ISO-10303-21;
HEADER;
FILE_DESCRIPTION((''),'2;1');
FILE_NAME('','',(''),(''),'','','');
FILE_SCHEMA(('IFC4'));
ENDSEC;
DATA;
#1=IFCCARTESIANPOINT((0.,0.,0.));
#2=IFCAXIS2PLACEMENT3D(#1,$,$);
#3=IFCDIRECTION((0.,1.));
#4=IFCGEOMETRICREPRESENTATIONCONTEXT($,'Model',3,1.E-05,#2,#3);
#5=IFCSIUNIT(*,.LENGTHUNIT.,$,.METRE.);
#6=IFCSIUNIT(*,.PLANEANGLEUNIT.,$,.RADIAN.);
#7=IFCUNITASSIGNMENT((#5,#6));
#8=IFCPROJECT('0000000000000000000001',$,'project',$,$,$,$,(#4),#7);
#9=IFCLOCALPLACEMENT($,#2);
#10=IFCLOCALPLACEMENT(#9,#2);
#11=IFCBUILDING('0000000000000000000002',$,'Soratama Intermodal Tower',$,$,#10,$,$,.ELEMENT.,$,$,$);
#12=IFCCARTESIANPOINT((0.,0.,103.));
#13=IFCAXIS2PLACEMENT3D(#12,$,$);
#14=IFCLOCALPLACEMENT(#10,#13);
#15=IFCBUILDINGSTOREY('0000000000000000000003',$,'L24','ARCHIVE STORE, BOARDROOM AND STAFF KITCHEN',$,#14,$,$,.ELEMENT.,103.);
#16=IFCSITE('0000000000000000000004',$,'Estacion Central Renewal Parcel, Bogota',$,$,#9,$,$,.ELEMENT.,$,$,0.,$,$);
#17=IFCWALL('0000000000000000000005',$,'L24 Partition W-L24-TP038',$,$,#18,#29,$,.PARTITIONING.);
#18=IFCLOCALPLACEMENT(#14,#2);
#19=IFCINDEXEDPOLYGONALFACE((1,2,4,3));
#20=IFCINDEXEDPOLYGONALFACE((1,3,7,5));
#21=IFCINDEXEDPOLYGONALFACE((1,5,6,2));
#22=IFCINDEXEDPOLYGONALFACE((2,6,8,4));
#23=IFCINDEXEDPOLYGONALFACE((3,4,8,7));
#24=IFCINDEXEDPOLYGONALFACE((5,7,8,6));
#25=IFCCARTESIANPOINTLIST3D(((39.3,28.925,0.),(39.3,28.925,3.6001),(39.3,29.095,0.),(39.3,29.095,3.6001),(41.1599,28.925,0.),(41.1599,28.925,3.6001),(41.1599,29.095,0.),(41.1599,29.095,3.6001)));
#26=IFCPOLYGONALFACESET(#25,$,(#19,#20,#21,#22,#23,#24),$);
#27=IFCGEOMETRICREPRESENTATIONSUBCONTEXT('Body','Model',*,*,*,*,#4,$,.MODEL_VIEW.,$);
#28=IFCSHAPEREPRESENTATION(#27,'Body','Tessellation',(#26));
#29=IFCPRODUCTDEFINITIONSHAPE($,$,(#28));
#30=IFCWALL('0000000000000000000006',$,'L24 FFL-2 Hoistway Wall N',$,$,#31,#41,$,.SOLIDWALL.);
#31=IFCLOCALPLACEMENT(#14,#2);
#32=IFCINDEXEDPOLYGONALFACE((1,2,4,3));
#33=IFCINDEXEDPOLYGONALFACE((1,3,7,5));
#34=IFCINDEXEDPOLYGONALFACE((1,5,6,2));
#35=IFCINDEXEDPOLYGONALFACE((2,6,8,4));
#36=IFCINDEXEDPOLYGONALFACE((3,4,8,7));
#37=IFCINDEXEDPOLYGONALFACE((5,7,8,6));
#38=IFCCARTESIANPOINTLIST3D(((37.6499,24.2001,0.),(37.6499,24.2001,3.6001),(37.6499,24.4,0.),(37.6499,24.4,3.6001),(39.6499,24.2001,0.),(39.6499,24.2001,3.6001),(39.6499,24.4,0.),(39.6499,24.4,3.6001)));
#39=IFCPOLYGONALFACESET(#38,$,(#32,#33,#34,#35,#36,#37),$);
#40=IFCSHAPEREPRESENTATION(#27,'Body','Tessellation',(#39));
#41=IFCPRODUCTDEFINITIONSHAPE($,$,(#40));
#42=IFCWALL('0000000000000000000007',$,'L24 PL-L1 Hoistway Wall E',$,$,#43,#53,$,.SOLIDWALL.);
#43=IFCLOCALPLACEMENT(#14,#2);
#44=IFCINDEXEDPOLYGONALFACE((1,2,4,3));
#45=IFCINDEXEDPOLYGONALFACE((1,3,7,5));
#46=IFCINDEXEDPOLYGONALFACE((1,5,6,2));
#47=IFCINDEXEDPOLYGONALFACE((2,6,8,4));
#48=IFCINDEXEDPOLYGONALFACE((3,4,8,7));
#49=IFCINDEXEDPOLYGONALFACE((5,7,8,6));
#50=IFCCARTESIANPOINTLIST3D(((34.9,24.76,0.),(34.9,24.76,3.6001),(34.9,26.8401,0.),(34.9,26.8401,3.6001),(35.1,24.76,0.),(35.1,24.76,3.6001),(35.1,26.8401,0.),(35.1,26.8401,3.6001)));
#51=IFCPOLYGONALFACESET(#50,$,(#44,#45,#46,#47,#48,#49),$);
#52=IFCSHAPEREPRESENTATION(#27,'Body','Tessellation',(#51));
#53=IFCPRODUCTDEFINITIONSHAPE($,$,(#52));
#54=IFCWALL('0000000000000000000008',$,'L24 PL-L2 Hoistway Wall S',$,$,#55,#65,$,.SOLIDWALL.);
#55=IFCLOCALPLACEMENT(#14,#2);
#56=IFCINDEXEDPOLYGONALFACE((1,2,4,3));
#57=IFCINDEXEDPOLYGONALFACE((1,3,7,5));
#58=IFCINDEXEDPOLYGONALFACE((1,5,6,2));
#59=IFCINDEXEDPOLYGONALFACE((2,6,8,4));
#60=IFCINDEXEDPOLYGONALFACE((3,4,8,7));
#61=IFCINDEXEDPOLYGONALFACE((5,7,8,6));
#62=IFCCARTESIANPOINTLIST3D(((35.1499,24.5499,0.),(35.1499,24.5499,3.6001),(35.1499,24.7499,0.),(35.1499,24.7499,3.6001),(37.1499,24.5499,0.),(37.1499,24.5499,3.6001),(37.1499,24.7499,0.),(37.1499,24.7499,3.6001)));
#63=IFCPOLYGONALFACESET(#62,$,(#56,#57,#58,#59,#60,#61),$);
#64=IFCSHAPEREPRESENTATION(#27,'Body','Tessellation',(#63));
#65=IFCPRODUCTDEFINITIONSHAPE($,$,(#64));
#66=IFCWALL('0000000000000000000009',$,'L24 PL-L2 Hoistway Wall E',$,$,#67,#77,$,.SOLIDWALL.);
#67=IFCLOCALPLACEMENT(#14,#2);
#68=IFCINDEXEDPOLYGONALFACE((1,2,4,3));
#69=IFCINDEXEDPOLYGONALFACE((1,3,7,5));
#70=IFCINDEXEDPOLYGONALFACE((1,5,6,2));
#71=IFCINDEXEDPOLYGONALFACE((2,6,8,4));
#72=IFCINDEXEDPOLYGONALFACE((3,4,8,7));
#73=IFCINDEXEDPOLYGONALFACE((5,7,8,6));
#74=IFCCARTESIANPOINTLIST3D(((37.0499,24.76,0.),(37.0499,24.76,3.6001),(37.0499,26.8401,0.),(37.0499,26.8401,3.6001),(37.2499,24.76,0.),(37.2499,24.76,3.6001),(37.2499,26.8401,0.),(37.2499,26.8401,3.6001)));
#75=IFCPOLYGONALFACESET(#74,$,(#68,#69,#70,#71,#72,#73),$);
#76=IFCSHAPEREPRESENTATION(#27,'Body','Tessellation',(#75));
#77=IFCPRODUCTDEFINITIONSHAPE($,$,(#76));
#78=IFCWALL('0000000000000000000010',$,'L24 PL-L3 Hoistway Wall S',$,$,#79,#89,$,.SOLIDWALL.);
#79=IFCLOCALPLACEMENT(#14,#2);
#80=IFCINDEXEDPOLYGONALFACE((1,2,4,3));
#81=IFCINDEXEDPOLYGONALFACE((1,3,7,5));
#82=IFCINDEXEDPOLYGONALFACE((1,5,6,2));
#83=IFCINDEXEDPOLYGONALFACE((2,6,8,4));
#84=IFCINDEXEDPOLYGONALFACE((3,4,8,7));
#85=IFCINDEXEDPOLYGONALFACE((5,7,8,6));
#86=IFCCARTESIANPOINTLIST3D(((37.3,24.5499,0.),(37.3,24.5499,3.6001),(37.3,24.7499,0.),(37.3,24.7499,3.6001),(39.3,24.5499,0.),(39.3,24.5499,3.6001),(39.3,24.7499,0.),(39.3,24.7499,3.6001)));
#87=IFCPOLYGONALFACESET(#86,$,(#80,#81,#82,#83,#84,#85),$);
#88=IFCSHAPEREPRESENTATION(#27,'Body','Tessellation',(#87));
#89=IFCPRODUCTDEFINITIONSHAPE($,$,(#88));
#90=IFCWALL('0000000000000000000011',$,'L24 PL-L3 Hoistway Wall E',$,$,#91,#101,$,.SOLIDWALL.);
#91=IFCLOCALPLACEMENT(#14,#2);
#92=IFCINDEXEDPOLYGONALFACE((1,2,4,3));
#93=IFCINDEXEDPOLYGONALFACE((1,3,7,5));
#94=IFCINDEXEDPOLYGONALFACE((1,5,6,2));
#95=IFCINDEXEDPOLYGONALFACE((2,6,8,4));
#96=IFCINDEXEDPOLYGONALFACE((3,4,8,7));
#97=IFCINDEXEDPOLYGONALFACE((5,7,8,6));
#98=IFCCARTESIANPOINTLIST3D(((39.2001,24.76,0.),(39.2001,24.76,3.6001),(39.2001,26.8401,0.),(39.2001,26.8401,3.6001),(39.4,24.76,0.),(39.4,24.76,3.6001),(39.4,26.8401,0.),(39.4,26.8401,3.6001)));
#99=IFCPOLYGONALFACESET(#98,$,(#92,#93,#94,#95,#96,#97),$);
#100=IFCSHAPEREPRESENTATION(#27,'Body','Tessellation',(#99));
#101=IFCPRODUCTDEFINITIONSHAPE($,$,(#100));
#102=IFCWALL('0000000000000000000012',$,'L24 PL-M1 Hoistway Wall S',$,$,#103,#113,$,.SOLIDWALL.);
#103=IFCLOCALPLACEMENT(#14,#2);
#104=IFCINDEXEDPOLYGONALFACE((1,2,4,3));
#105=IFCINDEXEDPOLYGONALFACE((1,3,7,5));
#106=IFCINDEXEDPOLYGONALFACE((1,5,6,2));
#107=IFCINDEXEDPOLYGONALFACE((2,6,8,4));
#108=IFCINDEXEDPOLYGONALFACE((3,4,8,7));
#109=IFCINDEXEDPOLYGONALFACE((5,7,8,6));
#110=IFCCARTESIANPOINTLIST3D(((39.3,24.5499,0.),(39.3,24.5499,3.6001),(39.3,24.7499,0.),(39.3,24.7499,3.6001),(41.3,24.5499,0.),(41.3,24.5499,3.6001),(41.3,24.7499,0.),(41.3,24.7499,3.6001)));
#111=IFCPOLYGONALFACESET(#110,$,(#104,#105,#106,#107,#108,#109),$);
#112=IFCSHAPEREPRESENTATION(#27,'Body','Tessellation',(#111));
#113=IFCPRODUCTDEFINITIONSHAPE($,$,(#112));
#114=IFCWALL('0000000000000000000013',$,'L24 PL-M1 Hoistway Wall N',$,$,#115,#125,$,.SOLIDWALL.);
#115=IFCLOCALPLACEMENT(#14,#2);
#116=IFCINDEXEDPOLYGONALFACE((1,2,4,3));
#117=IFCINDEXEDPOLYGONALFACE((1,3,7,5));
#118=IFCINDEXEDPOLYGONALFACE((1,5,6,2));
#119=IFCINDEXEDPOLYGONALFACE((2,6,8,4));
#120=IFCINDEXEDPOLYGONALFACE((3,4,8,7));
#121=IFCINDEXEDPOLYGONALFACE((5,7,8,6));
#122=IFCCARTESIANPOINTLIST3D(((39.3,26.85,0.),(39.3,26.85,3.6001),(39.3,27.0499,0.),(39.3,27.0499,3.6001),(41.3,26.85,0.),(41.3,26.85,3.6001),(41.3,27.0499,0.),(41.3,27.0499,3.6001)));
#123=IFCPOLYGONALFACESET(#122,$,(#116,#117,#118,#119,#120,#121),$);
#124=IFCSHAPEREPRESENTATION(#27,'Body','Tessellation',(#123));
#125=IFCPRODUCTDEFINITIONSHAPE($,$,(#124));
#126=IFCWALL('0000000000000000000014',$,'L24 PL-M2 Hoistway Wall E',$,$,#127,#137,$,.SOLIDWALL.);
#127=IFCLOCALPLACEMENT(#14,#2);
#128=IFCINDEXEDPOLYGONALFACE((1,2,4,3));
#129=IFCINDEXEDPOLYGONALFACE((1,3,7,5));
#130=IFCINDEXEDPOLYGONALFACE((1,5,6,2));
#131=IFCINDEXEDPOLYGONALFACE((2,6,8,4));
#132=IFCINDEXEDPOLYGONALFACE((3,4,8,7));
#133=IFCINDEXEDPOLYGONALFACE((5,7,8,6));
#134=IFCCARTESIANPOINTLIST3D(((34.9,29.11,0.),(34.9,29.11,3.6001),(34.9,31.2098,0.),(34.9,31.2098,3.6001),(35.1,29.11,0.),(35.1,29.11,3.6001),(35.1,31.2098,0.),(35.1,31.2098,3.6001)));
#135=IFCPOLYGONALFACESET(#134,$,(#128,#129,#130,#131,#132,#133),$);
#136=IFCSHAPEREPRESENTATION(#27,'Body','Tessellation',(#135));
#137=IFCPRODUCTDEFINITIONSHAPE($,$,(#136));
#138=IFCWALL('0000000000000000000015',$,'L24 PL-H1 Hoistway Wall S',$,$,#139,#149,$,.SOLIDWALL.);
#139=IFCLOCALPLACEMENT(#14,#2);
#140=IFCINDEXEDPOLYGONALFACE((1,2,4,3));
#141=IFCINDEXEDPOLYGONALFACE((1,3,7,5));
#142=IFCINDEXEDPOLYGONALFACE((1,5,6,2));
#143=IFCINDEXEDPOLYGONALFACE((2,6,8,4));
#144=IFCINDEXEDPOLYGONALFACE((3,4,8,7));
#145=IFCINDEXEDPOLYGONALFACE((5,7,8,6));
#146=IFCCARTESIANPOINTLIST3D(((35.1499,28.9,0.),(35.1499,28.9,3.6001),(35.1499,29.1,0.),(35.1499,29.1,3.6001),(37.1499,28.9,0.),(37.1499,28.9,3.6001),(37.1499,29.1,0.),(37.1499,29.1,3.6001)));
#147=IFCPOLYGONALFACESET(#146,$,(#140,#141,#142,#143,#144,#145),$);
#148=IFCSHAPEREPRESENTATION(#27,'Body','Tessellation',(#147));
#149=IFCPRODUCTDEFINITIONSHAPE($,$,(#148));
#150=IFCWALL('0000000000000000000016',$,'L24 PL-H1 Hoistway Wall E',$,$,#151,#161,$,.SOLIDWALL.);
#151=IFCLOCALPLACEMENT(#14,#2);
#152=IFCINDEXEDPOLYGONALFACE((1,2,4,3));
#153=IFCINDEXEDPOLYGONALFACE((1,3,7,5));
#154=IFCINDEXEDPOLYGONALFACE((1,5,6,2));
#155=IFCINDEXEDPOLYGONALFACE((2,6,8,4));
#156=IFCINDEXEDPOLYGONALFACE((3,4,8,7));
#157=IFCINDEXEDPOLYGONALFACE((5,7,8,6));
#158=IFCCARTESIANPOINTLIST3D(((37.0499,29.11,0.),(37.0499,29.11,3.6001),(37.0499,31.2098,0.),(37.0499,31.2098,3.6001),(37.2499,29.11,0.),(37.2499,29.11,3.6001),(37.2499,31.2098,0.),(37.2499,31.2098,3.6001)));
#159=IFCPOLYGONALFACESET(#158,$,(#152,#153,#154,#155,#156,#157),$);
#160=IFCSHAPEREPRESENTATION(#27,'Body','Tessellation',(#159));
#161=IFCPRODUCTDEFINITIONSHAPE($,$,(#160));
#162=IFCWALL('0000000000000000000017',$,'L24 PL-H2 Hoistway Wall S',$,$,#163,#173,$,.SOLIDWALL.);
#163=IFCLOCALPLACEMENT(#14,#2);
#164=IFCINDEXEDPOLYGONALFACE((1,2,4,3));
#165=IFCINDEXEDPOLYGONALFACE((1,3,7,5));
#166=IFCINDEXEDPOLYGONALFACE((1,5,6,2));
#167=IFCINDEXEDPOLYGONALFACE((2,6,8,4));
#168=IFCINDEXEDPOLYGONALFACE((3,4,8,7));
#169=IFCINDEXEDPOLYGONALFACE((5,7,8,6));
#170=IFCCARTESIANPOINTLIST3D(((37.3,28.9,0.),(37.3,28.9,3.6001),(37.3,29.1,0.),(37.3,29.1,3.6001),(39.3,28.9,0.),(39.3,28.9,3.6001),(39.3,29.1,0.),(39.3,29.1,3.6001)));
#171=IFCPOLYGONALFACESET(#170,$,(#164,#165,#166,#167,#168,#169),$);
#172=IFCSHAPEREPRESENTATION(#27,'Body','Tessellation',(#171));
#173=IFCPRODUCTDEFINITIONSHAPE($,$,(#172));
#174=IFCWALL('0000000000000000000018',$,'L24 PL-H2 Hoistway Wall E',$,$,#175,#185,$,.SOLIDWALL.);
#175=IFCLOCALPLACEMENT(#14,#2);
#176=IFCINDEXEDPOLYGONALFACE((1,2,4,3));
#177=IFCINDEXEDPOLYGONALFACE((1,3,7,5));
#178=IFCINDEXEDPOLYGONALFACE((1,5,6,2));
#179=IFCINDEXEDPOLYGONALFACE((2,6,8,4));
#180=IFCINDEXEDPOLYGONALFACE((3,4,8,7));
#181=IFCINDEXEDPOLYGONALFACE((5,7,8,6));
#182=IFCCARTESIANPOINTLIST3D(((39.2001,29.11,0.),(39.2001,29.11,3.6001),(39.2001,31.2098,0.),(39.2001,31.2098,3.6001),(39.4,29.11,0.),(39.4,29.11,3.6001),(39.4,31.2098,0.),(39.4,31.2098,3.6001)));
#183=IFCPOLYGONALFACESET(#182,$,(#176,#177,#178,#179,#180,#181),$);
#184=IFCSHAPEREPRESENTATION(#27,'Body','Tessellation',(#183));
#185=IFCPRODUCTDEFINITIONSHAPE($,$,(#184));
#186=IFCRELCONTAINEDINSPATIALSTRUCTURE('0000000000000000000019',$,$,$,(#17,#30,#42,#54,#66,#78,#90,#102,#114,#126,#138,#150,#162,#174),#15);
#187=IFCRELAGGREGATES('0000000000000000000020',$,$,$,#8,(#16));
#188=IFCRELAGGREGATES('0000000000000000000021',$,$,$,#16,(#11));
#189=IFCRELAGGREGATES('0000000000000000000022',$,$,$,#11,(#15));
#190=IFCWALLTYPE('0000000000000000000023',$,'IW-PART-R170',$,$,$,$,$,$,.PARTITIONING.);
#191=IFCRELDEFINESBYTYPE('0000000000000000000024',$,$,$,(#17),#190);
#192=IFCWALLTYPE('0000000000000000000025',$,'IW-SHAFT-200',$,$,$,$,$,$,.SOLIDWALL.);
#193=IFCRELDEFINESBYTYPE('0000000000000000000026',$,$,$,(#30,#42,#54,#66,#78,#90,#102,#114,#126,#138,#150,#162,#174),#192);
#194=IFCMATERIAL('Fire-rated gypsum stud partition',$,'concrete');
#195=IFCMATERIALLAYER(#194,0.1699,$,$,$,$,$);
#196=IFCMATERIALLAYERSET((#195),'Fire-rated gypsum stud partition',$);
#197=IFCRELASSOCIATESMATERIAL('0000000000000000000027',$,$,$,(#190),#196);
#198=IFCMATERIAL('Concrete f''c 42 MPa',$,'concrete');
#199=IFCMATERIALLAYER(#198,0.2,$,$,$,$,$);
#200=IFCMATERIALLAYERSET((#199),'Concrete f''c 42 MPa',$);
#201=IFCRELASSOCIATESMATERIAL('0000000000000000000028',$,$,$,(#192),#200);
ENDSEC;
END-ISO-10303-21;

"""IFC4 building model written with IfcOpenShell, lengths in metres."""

from ifc_helpers import new_model, si_unit, direction, frame, frame_2d, origin, place, context, subcontext, project, spatial, rectangle, extrude, material, layer, layer_set, type_object, element, save


model = new_model("IFC4")

# Units and contexts
model_context = context("Model", 3, precision=1e-05, world=origin(), true_north=direction((0.0, 1.0)))
body_context = subcontext(model_context, "Body", "Model", "MODEL_VIEW")
ifc_project = project(units=[si_unit("LENGTHUNIT", "METRE"), si_unit("PLANEANGLEUNIT", "RADIAN")], contexts=[model_context])

# Site, building, storey
site_placement = place(None, origin())
site = spatial("IfcSite", under=ifc_project, at=site_placement, Name="Estacion Central Renewal Parcel, Bogota", CompositionType="ELEMENT", RefElevation=0.0)
building_placement = place(site_placement, origin())
building = spatial("IfcBuilding", under=site, at=building_placement, Name="Soratama Intermodal Tower", CompositionType="ELEMENT")
storey_placement = place(building_placement, frame((0.0, 0.0, 103.0)))
storey = spatial("IfcBuildingStorey", under=building, at=storey_placement, Name="L24", Description="ARCHIVE STORE, BOARDROOM AND STAFF KITCHEN", CompositionType="ELEMENT", Elevation=103.0)

# Walls
ifc_material_1 = material(Name="Fire-rated gypsum stud partition", Category="concrete")
ifc_layer_1 = layer(ifc_material_1, 0.1699)
ifc_layer_set_1 = layer_set([ifc_layer_1], Name="Fire-rated gypsum stud partition")
wall_type_1 = type_object("IfcWallType", Name="IW-PART-R170", PredefinedType="PARTITIONING", material=ifc_layer_set_1)
wall_1_placement = place(storey_placement, frame((39.3, 29.01, 0.0), z_axis=(0.0, 0.0, 1.0), x_axis=(1.0, 0.0, 0.0)))
element("IfcWall", 1, at=wall_1_placement, inside=storey, type_object=wall_type_1, Name="L24 Partition W-L24-TP038", PredefinedType="PARTITIONING", context=body_context, shape_type="SweptSolid", body=[
    extrude(rectangle(XDim=1.8599, YDim=0.1699, at=frame_2d((0.9299, 0.0))), origin(), (0.0, 0.0, 1.0), 3.6001),
])
ifc_material_2 = material(Name="Concrete f'c 42 MPa", Category="concrete")
ifc_layer_2 = layer(ifc_material_2, 0.2)
ifc_layer_set_2 = layer_set([ifc_layer_2], Name="Concrete f'c 42 MPa")
wall_type_2 = type_object("IfcWallType", Name="IW-SHAFT-200", PredefinedType="SOLIDWALL", material=ifc_layer_set_2)
wall_2_placement = place(storey_placement, frame((37.6499, 24.3, 0.0), z_axis=(0.0, 0.0, 1.0), x_axis=(1.0, 0.0, 0.0)))
element("IfcWall", 2, at=wall_2_placement, inside=storey, type_object=wall_type_2, Name="L24 FFL-2 Hoistway Wall N", PredefinedType="SOLIDWALL", context=body_context, shape_type="SweptSolid", body=[
    extrude(rectangle(XDim=2.0, YDim=0.2, at=frame_2d((1.0, 0.0))), origin(), (0.0, 0.0, 1.0), 3.6001),
])
wall_3_placement = place(storey_placement, frame((35.0, 24.76, 0.0), z_axis=(0.0, 0.0, 1.0), x_axis=(0.0, 1.0, 0.0)))
element("IfcWall", 3, at=wall_3_placement, inside=storey, type_object=wall_type_2, Name="L24 PL-L1 Hoistway Wall E", PredefinedType="SOLIDWALL", context=body_context, shape_type="SweptSolid", body=[
    extrude(rectangle(XDim=2.0801, YDim=0.2, at=frame_2d((1.04, 0.0))), origin(), (0.0, 0.0, 1.0), 3.6001),
])
wall_4_placement = place(storey_placement, frame((35.1499, 24.6499, 0.0), z_axis=(0.0, 0.0, 1.0), x_axis=(1.0, 0.0, 0.0)))
element("IfcWall", 4, at=wall_4_placement, inside=storey, type_object=wall_type_2, Name="L24 PL-L2 Hoistway Wall S", PredefinedType="SOLIDWALL", context=body_context, shape_type="SweptSolid", body=[
    extrude(rectangle(XDim=2.0, YDim=0.2, at=frame_2d((1.0, 0.0))), origin(), (0.0, 0.0, 1.0), 3.6001),
])

# Walls
wall_5_placement = place(storey_placement, frame((37.1499, 24.76, 0.0), z_axis=(0.0, 0.0, 1.0), x_axis=(0.0, 1.0, 0.0)))
element("IfcWall", 5, at=wall_5_placement, inside=storey, type_object=wall_type_2, Name="L24 PL-L2 Hoistway Wall E", PredefinedType="SOLIDWALL", context=body_context, shape_type="SweptSolid", body=[
    extrude(rectangle(XDim=2.0801, YDim=0.2, at=frame_2d((1.04, 0.0))), origin(), (0.0, 0.0, 1.0), 3.6001),
])
wall_6_placement = place(storey_placement, frame((37.3, 24.6499, 0.0), z_axis=(0.0, 0.0, 1.0), x_axis=(1.0, 0.0, 0.0)))
element("IfcWall", 6, at=wall_6_placement, inside=storey, type_object=wall_type_2, Name="L24 PL-L3 Hoistway Wall S", PredefinedType="SOLIDWALL", context=body_context, shape_type="SweptSolid", body=[
    extrude(rectangle(XDim=2.0, YDim=0.2, at=frame_2d((1.0, 0.0))), origin(), (0.0, 0.0, 1.0), 3.6001),
])

# Walls
wall_7_placement = place(storey_placement, frame((39.3, 24.76, 0.0), z_axis=(0.0, 0.0, 1.0), x_axis=(0.0, 1.0, 0.0)))
element("IfcWall", 7, at=wall_7_placement, inside=storey, type_object=wall_type_2, Name="L24 PL-L3 Hoistway Wall E", PredefinedType="SOLIDWALL", context=body_context, shape_type="SweptSolid", body=[
    extrude(rectangle(XDim=2.0801, YDim=0.2, at=frame_2d((1.04, 0.0))), origin(), (0.0, 0.0, 1.0), 3.6001),
])
for number, where, z_axis, x_axis, name in (
    (8, (39.3, 24.6499, 0.0), (0.0, 0.0, 1.0), (1.0, 0.0, 0.0), "L24 PL-M1 Hoistway Wall S"),
    (9, (39.3, 26.95, 0.0), (0.0, 0.0, 1.0), (1.0, 0.0, 0.0), "L24 PL-M1 Hoistway Wall N"),
):
    element("IfcWall", number, at=place(storey_placement, frame(where, z_axis=z_axis, x_axis=x_axis)), inside=storey, type_object=wall_type_2, Name=name, PredefinedType="SOLIDWALL", context=body_context, shape_type="SweptSolid", body=[
        extrude(rectangle(XDim=2.0, YDim=0.2, at=frame_2d((1.0, 0.0))), origin(), (0.0, 0.0, 1.0), 3.6001),
    ])
wall_8_placement = place(storey_placement, frame((35.0, 29.1101, 0.0), z_axis=(0.0, 0.0, 1.0), x_axis=(0.0, 1.0, 0.0)))
element("IfcWall", 10, at=wall_8_placement, inside=storey, type_object=wall_type_2, Name="L24 PL-M2 Hoistway Wall E", PredefinedType="SOLIDWALL", context=body_context, shape_type="SweptSolid", body=[
    extrude(rectangle(XDim=2.0999, YDim=0.2, at=frame_2d((1.0498, 0.0))), origin(), (0.0, 0.0, 1.0), 3.6001),
])
wall_9_placement = place(storey_placement, frame((35.1499, 29.0, 0.0), z_axis=(0.0, 0.0, 1.0), x_axis=(1.0, 0.0, 0.0)))
element("IfcWall", 11, at=wall_9_placement, inside=storey, type_object=wall_type_2, Name="L24 PL-H1 Hoistway Wall S", PredefinedType="SOLIDWALL", context=body_context, shape_type="SweptSolid", body=[
    extrude(rectangle(XDim=2.0, YDim=0.2, at=frame_2d((1.0, 0.0))), origin(), (0.0, 0.0, 1.0), 3.6001),
])
wall_10_placement = place(storey_placement, frame((37.1499, 29.1101, 0.0), z_axis=(0.0, 0.0, 1.0), x_axis=(0.0, 1.0, 0.0)))
element("IfcWall", 12, at=wall_10_placement, inside=storey, type_object=wall_type_2, Name="L24 PL-H1 Hoistway Wall E", PredefinedType="SOLIDWALL", context=body_context, shape_type="SweptSolid", body=[
    extrude(rectangle(XDim=2.0999, YDim=0.2, at=frame_2d((1.0498, 0.0))), origin(), (0.0, 0.0, 1.0), 3.6001),
])
wall_11_placement = place(storey_placement, frame((37.3, 29.0, 0.0), z_axis=(0.0, 0.0, 1.0), x_axis=(1.0, 0.0, 0.0)))
element("IfcWall", 13, at=wall_11_placement, inside=storey, type_object=wall_type_2, Name="L24 PL-H2 Hoistway Wall S", PredefinedType="SOLIDWALL", context=body_context, shape_type="SweptSolid", body=[
    extrude(rectangle(XDim=2.0, YDim=0.2, at=frame_2d((1.0, 0.0))), origin(), (0.0, 0.0, 1.0), 3.6001),
])
wall_12_placement = place(storey_placement, frame((39.3, 29.1101, 0.0), z_axis=(0.0, 0.0, 1.0), x_axis=(0.0, 1.0, 0.0)))
element("IfcWall", 14, at=wall_12_placement, inside=storey, type_object=wall_type_2, Name="L24 PL-H2 Hoistway Wall E", PredefinedType="SOLIDWALL", context=body_context, shape_type="SweptSolid", body=[
    extrude(rectangle(XDim=2.0999, YDim=0.2, at=frame_2d((1.0498, 0.0))), origin(), (0.0, 0.0, 1.0), 3.6001),
])

save(model, "model.ifc")
